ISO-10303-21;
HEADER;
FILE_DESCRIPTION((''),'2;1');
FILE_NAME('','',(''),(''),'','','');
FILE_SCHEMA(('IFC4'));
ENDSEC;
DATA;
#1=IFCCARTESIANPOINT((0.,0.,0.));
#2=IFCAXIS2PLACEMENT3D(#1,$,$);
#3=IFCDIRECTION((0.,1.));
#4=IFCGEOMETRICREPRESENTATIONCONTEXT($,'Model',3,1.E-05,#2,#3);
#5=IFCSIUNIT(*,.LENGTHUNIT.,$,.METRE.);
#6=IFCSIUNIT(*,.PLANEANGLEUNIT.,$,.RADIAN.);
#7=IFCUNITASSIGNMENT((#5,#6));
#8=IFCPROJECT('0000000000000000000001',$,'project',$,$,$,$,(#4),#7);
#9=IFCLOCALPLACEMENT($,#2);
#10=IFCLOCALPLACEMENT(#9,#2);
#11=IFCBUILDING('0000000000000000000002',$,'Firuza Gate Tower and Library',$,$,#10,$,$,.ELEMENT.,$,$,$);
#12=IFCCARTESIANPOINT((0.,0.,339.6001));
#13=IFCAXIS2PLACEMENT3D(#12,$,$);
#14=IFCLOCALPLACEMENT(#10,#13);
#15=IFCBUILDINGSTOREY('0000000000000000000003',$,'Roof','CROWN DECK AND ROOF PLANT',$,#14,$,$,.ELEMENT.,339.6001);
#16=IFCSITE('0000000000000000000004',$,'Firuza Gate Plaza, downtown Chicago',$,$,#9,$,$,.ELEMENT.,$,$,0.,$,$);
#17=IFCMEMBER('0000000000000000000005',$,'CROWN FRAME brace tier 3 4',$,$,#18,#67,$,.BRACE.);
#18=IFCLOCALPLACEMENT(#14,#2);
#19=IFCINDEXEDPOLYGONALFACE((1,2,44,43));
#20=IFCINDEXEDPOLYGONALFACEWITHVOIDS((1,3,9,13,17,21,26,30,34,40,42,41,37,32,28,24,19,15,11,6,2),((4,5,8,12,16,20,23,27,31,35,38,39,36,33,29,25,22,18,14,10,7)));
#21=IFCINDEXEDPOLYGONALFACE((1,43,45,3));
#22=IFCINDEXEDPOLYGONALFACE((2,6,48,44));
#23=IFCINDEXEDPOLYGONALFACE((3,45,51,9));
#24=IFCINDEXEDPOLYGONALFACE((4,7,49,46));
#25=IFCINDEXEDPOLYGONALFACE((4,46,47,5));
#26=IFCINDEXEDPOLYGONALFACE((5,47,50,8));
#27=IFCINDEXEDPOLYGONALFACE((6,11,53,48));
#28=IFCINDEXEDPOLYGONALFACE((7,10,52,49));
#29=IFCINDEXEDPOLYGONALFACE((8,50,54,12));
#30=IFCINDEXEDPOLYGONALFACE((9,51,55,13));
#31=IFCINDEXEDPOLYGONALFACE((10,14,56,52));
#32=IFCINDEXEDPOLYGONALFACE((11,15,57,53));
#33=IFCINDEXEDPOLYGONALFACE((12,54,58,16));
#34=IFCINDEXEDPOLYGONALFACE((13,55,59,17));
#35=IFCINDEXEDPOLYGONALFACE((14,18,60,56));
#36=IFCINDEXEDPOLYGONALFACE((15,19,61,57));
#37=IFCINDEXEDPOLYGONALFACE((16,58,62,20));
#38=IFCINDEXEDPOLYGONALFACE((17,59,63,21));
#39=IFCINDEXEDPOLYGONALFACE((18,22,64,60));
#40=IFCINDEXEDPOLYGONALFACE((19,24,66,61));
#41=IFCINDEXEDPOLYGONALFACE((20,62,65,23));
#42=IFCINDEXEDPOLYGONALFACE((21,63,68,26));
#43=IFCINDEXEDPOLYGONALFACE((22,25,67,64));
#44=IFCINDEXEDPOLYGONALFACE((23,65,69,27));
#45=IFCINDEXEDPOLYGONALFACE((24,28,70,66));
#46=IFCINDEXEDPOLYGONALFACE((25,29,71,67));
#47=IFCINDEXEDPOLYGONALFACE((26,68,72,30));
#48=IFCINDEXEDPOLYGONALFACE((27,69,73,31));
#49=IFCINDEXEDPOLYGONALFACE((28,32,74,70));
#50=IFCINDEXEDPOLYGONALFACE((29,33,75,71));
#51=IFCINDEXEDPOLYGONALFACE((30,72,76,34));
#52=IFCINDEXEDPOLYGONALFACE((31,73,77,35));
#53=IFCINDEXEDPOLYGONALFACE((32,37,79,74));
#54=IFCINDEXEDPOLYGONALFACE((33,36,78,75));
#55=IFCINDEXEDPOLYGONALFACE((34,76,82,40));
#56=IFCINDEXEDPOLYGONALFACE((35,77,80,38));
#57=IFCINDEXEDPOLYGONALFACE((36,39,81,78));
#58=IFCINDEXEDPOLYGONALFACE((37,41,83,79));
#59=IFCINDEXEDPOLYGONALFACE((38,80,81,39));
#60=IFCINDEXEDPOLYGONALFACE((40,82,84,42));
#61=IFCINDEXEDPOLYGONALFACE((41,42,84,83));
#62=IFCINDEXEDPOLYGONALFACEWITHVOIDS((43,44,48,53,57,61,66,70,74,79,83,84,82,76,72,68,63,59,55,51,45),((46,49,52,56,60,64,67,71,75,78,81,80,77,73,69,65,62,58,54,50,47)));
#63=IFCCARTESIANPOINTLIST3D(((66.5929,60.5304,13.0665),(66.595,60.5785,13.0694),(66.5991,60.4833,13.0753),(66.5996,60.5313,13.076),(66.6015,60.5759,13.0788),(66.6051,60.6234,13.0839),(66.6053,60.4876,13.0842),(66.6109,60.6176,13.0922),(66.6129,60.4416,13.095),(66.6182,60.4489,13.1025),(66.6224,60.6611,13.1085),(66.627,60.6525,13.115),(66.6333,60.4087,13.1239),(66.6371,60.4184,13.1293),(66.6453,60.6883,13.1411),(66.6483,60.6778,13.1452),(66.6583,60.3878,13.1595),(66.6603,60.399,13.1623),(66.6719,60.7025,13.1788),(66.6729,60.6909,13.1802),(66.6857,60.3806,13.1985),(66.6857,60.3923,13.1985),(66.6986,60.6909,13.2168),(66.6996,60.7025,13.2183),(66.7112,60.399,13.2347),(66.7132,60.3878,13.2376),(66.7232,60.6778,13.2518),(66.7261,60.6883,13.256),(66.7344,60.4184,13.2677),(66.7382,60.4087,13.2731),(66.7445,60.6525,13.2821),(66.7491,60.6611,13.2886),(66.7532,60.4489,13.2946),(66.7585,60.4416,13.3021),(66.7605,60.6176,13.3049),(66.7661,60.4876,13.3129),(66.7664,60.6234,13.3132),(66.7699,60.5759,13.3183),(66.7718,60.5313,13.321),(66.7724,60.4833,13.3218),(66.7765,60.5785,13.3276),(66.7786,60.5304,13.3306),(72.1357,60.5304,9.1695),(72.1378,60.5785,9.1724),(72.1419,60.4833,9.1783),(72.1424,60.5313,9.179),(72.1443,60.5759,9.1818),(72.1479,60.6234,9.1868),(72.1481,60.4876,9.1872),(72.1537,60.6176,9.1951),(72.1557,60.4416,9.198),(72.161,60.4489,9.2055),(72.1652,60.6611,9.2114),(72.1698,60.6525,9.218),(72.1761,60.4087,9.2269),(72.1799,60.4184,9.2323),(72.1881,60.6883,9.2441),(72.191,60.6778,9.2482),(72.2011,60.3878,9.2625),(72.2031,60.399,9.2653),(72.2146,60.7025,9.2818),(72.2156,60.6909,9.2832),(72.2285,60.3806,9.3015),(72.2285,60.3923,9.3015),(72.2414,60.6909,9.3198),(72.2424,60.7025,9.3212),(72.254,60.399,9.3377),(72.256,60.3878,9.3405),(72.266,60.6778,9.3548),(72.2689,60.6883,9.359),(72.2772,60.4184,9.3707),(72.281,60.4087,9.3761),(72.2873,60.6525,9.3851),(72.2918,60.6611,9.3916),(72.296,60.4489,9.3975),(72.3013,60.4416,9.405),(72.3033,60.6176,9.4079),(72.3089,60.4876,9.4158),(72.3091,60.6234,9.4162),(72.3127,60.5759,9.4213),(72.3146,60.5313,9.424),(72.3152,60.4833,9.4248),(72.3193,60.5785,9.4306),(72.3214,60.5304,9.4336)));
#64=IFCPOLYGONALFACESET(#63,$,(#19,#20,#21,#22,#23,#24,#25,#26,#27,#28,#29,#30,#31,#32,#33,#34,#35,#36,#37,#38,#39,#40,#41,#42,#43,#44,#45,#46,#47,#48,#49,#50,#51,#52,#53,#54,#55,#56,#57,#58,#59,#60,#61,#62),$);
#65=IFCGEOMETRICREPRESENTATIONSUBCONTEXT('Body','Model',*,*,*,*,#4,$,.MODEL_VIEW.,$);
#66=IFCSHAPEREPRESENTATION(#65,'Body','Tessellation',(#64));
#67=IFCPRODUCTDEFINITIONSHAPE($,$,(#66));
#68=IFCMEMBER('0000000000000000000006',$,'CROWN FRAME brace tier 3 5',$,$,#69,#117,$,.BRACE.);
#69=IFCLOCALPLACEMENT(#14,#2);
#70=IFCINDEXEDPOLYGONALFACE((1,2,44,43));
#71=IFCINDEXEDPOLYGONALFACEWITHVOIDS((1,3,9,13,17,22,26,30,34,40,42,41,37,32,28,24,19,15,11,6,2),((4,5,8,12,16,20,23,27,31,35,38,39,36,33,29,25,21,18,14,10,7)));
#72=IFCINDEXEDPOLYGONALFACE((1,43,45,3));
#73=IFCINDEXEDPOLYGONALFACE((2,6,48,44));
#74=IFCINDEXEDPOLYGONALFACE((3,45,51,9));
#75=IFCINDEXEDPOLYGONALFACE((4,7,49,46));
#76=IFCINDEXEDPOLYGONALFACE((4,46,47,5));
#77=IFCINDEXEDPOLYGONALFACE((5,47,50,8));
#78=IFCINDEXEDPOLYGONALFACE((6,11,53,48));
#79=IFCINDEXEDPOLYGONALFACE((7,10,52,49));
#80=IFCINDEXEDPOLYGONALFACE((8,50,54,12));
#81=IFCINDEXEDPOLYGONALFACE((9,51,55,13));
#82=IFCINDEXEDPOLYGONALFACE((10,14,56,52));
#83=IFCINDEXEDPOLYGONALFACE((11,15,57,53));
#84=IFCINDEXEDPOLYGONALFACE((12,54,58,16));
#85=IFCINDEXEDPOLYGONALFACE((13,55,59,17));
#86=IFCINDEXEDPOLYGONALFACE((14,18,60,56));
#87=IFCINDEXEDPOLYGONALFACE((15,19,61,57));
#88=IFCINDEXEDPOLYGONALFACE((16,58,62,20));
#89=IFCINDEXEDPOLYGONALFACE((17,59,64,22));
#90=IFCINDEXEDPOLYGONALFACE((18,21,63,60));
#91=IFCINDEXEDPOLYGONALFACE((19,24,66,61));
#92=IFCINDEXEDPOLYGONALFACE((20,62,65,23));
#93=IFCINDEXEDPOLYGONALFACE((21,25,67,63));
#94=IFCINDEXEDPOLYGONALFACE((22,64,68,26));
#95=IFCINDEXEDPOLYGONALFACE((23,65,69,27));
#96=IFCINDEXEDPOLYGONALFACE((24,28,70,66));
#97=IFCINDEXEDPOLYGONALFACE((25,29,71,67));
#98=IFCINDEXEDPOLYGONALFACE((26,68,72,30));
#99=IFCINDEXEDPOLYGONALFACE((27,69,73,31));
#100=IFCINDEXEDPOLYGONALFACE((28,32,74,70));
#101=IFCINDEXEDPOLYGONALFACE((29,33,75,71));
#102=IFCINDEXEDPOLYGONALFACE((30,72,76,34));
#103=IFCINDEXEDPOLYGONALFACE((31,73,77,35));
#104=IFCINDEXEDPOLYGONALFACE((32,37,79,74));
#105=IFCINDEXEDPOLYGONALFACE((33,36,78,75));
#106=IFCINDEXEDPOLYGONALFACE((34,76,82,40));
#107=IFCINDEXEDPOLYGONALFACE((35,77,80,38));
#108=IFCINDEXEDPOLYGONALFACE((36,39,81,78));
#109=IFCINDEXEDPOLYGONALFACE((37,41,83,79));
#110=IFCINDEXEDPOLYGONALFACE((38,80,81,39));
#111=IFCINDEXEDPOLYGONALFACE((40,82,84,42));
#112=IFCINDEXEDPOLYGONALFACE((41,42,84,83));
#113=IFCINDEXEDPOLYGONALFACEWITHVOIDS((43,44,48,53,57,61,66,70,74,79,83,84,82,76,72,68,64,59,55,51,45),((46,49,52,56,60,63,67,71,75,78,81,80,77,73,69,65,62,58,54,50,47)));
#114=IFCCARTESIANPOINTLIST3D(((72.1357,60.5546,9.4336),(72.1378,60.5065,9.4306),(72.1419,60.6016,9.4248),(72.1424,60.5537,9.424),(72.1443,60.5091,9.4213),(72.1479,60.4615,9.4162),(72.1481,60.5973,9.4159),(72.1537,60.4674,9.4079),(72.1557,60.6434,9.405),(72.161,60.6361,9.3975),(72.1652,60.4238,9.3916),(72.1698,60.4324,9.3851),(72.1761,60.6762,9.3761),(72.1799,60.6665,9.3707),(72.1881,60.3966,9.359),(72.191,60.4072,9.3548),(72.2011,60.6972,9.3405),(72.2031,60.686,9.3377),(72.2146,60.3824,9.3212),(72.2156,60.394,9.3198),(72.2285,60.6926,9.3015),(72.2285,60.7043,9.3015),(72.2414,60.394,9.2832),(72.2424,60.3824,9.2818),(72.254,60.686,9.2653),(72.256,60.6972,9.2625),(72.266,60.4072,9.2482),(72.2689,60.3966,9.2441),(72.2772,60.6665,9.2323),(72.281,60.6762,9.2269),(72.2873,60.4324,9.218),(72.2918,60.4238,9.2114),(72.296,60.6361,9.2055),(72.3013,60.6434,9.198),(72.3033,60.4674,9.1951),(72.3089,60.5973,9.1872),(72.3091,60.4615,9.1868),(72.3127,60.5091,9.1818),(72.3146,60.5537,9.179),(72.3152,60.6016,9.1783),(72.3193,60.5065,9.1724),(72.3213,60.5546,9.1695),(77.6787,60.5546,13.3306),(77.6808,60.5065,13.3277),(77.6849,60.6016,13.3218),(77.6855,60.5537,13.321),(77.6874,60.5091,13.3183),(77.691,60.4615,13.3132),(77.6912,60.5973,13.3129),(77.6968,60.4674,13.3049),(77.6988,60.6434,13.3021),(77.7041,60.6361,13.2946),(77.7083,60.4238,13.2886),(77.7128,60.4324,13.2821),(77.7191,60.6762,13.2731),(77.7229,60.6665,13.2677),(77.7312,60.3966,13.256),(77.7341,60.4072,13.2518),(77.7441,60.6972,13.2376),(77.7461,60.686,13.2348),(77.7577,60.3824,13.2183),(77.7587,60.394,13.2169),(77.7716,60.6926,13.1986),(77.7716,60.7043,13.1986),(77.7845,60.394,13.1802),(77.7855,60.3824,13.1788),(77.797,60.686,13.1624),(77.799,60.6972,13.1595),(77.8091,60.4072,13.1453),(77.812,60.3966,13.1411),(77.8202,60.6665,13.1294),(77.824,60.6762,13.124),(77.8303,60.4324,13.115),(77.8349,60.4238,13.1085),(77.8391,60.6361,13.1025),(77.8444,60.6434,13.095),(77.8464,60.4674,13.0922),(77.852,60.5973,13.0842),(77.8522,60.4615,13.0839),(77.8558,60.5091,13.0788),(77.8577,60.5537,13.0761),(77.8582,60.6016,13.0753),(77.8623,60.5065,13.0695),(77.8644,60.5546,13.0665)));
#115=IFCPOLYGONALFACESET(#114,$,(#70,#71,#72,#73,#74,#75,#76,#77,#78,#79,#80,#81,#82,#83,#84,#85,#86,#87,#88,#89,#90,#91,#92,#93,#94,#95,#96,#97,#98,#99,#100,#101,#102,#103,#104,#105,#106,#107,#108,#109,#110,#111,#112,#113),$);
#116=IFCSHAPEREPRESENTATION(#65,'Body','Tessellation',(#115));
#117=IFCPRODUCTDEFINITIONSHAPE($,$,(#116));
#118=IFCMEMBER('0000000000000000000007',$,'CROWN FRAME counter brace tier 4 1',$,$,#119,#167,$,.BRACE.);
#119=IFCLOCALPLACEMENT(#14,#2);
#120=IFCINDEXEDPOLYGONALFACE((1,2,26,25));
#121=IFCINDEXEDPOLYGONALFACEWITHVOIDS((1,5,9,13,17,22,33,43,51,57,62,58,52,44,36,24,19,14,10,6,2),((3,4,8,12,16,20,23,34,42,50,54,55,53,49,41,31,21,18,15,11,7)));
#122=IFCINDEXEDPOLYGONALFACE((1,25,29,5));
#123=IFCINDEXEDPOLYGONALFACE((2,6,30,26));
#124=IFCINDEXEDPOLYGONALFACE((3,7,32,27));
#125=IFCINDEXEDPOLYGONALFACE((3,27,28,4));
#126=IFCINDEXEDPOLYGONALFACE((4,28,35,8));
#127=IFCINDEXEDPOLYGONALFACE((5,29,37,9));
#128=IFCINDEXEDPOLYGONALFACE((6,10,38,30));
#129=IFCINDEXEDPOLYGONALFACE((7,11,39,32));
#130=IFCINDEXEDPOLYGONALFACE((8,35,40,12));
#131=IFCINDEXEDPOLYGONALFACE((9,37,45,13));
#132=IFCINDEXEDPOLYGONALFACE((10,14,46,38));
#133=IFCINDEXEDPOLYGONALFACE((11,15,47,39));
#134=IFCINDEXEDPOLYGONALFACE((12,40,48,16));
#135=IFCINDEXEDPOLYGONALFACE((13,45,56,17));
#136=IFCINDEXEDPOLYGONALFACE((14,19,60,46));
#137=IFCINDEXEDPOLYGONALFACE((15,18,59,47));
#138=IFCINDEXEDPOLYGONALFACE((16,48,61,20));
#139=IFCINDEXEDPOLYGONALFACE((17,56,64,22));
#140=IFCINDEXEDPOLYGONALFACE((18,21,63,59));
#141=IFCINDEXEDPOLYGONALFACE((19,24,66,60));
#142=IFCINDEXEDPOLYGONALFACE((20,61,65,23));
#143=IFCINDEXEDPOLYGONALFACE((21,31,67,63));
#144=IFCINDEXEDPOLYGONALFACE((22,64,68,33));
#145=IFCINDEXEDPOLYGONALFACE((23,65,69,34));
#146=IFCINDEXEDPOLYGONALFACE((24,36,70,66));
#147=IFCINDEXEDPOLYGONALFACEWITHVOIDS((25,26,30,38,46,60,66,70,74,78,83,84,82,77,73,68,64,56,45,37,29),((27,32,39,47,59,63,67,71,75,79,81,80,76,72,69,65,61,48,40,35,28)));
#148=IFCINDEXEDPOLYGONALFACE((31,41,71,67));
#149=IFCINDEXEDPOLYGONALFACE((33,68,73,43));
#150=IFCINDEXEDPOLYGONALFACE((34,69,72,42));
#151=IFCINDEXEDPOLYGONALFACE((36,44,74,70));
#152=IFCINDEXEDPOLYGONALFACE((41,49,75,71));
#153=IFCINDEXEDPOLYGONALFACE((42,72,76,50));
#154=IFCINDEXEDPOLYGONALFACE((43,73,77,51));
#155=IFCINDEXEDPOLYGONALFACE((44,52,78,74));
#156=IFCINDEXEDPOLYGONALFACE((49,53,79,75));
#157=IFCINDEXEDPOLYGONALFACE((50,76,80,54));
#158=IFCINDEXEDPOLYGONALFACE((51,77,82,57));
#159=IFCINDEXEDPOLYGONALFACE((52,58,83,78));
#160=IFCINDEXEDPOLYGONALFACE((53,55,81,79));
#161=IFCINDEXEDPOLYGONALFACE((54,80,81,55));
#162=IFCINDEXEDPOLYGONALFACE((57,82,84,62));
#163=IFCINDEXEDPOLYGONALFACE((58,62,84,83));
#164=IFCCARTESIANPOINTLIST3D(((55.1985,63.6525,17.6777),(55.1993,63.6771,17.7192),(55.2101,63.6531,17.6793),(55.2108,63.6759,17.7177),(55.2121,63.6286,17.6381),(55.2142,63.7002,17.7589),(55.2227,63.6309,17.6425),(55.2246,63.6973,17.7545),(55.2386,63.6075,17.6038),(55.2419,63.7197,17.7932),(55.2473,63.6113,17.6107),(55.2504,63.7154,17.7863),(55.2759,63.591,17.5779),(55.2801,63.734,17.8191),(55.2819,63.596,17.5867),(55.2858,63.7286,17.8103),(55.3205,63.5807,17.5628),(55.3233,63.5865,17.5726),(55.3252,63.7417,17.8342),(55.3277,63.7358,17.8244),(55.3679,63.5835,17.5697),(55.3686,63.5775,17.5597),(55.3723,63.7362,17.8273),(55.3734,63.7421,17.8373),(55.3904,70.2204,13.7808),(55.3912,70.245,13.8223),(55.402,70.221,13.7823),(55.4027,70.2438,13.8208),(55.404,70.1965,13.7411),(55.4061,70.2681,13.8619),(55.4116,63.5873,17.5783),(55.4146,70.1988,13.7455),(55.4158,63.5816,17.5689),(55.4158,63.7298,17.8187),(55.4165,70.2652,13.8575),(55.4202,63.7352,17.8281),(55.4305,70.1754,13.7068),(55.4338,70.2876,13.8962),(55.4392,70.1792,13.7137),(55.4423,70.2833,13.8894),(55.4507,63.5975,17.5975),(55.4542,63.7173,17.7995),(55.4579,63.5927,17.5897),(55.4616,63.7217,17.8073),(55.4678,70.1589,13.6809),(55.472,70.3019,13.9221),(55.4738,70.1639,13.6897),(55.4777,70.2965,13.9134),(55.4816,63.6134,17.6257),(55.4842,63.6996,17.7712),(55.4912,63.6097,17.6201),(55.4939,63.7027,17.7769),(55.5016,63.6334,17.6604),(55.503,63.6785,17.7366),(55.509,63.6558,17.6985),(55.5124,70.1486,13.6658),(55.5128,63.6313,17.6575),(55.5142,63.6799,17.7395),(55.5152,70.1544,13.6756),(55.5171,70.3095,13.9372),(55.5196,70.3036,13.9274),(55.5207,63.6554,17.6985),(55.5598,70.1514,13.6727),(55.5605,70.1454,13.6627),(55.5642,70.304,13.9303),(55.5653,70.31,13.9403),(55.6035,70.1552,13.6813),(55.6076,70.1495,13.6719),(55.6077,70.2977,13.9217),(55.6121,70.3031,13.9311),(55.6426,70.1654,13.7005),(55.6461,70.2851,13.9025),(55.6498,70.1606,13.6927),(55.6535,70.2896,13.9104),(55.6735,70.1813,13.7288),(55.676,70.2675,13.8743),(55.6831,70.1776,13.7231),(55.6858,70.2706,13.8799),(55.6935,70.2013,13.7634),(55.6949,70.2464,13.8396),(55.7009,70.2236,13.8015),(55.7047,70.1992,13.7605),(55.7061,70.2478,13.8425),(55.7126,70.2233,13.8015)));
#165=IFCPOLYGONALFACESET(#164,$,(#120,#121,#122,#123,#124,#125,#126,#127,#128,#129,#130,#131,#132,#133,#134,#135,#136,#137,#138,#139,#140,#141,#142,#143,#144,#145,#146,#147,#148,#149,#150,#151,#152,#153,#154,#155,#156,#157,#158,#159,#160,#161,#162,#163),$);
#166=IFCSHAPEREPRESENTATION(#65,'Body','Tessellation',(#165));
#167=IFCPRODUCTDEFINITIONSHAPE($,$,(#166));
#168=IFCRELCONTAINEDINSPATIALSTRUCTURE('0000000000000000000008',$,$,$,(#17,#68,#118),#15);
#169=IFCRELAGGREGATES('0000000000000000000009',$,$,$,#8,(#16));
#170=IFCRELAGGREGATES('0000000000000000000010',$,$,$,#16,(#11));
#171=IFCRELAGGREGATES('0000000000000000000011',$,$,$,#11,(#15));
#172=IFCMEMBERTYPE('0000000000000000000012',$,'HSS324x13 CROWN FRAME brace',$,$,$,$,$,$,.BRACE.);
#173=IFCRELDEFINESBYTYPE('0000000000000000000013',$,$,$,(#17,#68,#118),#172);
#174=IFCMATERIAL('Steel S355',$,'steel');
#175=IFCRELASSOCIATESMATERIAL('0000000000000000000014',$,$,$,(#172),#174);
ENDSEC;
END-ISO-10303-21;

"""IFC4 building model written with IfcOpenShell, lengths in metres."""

from ifc_helpers import new_model, si_unit, direction, frame, origin, origin_2d, place, context, subcontext, project, spatial, hollow_circle, extrude, material, material_profile, profile_set, type_object, element, save


model = new_model("IFC4")

# Units and contexts
model_context = context("Model", 3, precision=1e-05, world=origin(), true_north=direction((0.0, 1.0)))
body_context = subcontext(model_context, "Body", "Model", "MODEL_VIEW")
ifc_project = project(units=[si_unit("LENGTHUNIT", "METRE"), si_unit("PLANEANGLEUNIT", "RADIAN")], contexts=[model_context])

# Site, building, storey
site_placement = place(None, origin())
site = spatial("IfcSite", under=ifc_project, at=site_placement, Name="Firuza Gate Plaza, downtown Chicago", CompositionType="ELEMENT", RefElevation=0.0)
building_placement = place(site_placement, origin())
building = spatial("IfcBuilding", under=site, at=building_placement, Name="Firuza Gate Tower and Library", CompositionType="ELEMENT")
storey_placement = place(building_placement, frame((0.0, 0.0, 339.6001)))
storey = spatial("IfcBuildingStorey", under=building, at=storey_placement, Name="Roof", Description="CROWN DECK AND ROOF PLANT", CompositionType="ELEMENT", Elevation=339.6001)

# Members
ifc_material_1 = material(Name="Steel S355", Category="steel")
ifc_material_profile_1 = material_profile(ifc_material_1, hollow_circle(Radius=0.1619, WallThickness=0.0117, at=origin_2d()))
ifc_profile_set_1 = profile_set([ifc_material_profile_1], Name="Steel S355")
member_type_1 = type_object("IfcMemberType", Name="HSS324x13 CROWN FRAME brace", PredefinedType="BRACE", material=ifc_profile_set_1)
member_1_placement = place(storey_placement, frame((72.2285, 60.5425, 9.3015), z_axis=(-0.818047, 0.0, 0.575152), x_axis=(0.0, -1.0, 0.0)))
element("IfcMember", 1, at=member_1_placement, inside=storey, type_object=member_type_1, Name="CROWN FRAME brace tier 3 4", PredefinedType="BRACE", context=body_context, shape_type="SweptSolid", body=[
    extrude(hollow_circle(Radius=0.1619, WallThickness=0.0117, at=origin_2d()), origin(), (0.0, 0.0, 1.0), 6.7756),
])
member_2_placement = place(storey_placement, frame((72.2285, 60.5425, 9.3015), z_axis=(0.818059, 0.0, 0.575135), x_axis=(0.0, 1.0, 0.0)))
element("IfcMember", 2, at=member_2_placement, inside=storey, type_object=member_type_1, Name="CROWN FRAME brace tier 3 5", PredefinedType="BRACE", context=body_context, shape_type="SweptSolid", body=[
    extrude(hollow_circle(Radius=0.1619, WallThickness=0.0117, at=origin_2d()), origin(), (0.0, 0.0, 1.0), 6.7759),
])
member_3_placement = place(storey_placement, frame((55.5508, 70.228, 13.8015), z_axis=(-0.025119, -0.859739, 0.510116), x_axis=(0.999573, -0.029205, 0.0)))
element("IfcMember", 3, at=member_3_placement, inside=storey, type_object=member_type_1, Name="CROWN FRAME counter brace tier 4 1", PredefinedType="BRACE", context=body_context, shape_type="SweptSolid", body=[
    extrude(hollow_circle(Radius=0.1619, WallThickness=0.0117, at=origin_2d()), origin(), (0.0, 0.0, 1.0), 7.6394),
])

save(model, "model.ifc")
